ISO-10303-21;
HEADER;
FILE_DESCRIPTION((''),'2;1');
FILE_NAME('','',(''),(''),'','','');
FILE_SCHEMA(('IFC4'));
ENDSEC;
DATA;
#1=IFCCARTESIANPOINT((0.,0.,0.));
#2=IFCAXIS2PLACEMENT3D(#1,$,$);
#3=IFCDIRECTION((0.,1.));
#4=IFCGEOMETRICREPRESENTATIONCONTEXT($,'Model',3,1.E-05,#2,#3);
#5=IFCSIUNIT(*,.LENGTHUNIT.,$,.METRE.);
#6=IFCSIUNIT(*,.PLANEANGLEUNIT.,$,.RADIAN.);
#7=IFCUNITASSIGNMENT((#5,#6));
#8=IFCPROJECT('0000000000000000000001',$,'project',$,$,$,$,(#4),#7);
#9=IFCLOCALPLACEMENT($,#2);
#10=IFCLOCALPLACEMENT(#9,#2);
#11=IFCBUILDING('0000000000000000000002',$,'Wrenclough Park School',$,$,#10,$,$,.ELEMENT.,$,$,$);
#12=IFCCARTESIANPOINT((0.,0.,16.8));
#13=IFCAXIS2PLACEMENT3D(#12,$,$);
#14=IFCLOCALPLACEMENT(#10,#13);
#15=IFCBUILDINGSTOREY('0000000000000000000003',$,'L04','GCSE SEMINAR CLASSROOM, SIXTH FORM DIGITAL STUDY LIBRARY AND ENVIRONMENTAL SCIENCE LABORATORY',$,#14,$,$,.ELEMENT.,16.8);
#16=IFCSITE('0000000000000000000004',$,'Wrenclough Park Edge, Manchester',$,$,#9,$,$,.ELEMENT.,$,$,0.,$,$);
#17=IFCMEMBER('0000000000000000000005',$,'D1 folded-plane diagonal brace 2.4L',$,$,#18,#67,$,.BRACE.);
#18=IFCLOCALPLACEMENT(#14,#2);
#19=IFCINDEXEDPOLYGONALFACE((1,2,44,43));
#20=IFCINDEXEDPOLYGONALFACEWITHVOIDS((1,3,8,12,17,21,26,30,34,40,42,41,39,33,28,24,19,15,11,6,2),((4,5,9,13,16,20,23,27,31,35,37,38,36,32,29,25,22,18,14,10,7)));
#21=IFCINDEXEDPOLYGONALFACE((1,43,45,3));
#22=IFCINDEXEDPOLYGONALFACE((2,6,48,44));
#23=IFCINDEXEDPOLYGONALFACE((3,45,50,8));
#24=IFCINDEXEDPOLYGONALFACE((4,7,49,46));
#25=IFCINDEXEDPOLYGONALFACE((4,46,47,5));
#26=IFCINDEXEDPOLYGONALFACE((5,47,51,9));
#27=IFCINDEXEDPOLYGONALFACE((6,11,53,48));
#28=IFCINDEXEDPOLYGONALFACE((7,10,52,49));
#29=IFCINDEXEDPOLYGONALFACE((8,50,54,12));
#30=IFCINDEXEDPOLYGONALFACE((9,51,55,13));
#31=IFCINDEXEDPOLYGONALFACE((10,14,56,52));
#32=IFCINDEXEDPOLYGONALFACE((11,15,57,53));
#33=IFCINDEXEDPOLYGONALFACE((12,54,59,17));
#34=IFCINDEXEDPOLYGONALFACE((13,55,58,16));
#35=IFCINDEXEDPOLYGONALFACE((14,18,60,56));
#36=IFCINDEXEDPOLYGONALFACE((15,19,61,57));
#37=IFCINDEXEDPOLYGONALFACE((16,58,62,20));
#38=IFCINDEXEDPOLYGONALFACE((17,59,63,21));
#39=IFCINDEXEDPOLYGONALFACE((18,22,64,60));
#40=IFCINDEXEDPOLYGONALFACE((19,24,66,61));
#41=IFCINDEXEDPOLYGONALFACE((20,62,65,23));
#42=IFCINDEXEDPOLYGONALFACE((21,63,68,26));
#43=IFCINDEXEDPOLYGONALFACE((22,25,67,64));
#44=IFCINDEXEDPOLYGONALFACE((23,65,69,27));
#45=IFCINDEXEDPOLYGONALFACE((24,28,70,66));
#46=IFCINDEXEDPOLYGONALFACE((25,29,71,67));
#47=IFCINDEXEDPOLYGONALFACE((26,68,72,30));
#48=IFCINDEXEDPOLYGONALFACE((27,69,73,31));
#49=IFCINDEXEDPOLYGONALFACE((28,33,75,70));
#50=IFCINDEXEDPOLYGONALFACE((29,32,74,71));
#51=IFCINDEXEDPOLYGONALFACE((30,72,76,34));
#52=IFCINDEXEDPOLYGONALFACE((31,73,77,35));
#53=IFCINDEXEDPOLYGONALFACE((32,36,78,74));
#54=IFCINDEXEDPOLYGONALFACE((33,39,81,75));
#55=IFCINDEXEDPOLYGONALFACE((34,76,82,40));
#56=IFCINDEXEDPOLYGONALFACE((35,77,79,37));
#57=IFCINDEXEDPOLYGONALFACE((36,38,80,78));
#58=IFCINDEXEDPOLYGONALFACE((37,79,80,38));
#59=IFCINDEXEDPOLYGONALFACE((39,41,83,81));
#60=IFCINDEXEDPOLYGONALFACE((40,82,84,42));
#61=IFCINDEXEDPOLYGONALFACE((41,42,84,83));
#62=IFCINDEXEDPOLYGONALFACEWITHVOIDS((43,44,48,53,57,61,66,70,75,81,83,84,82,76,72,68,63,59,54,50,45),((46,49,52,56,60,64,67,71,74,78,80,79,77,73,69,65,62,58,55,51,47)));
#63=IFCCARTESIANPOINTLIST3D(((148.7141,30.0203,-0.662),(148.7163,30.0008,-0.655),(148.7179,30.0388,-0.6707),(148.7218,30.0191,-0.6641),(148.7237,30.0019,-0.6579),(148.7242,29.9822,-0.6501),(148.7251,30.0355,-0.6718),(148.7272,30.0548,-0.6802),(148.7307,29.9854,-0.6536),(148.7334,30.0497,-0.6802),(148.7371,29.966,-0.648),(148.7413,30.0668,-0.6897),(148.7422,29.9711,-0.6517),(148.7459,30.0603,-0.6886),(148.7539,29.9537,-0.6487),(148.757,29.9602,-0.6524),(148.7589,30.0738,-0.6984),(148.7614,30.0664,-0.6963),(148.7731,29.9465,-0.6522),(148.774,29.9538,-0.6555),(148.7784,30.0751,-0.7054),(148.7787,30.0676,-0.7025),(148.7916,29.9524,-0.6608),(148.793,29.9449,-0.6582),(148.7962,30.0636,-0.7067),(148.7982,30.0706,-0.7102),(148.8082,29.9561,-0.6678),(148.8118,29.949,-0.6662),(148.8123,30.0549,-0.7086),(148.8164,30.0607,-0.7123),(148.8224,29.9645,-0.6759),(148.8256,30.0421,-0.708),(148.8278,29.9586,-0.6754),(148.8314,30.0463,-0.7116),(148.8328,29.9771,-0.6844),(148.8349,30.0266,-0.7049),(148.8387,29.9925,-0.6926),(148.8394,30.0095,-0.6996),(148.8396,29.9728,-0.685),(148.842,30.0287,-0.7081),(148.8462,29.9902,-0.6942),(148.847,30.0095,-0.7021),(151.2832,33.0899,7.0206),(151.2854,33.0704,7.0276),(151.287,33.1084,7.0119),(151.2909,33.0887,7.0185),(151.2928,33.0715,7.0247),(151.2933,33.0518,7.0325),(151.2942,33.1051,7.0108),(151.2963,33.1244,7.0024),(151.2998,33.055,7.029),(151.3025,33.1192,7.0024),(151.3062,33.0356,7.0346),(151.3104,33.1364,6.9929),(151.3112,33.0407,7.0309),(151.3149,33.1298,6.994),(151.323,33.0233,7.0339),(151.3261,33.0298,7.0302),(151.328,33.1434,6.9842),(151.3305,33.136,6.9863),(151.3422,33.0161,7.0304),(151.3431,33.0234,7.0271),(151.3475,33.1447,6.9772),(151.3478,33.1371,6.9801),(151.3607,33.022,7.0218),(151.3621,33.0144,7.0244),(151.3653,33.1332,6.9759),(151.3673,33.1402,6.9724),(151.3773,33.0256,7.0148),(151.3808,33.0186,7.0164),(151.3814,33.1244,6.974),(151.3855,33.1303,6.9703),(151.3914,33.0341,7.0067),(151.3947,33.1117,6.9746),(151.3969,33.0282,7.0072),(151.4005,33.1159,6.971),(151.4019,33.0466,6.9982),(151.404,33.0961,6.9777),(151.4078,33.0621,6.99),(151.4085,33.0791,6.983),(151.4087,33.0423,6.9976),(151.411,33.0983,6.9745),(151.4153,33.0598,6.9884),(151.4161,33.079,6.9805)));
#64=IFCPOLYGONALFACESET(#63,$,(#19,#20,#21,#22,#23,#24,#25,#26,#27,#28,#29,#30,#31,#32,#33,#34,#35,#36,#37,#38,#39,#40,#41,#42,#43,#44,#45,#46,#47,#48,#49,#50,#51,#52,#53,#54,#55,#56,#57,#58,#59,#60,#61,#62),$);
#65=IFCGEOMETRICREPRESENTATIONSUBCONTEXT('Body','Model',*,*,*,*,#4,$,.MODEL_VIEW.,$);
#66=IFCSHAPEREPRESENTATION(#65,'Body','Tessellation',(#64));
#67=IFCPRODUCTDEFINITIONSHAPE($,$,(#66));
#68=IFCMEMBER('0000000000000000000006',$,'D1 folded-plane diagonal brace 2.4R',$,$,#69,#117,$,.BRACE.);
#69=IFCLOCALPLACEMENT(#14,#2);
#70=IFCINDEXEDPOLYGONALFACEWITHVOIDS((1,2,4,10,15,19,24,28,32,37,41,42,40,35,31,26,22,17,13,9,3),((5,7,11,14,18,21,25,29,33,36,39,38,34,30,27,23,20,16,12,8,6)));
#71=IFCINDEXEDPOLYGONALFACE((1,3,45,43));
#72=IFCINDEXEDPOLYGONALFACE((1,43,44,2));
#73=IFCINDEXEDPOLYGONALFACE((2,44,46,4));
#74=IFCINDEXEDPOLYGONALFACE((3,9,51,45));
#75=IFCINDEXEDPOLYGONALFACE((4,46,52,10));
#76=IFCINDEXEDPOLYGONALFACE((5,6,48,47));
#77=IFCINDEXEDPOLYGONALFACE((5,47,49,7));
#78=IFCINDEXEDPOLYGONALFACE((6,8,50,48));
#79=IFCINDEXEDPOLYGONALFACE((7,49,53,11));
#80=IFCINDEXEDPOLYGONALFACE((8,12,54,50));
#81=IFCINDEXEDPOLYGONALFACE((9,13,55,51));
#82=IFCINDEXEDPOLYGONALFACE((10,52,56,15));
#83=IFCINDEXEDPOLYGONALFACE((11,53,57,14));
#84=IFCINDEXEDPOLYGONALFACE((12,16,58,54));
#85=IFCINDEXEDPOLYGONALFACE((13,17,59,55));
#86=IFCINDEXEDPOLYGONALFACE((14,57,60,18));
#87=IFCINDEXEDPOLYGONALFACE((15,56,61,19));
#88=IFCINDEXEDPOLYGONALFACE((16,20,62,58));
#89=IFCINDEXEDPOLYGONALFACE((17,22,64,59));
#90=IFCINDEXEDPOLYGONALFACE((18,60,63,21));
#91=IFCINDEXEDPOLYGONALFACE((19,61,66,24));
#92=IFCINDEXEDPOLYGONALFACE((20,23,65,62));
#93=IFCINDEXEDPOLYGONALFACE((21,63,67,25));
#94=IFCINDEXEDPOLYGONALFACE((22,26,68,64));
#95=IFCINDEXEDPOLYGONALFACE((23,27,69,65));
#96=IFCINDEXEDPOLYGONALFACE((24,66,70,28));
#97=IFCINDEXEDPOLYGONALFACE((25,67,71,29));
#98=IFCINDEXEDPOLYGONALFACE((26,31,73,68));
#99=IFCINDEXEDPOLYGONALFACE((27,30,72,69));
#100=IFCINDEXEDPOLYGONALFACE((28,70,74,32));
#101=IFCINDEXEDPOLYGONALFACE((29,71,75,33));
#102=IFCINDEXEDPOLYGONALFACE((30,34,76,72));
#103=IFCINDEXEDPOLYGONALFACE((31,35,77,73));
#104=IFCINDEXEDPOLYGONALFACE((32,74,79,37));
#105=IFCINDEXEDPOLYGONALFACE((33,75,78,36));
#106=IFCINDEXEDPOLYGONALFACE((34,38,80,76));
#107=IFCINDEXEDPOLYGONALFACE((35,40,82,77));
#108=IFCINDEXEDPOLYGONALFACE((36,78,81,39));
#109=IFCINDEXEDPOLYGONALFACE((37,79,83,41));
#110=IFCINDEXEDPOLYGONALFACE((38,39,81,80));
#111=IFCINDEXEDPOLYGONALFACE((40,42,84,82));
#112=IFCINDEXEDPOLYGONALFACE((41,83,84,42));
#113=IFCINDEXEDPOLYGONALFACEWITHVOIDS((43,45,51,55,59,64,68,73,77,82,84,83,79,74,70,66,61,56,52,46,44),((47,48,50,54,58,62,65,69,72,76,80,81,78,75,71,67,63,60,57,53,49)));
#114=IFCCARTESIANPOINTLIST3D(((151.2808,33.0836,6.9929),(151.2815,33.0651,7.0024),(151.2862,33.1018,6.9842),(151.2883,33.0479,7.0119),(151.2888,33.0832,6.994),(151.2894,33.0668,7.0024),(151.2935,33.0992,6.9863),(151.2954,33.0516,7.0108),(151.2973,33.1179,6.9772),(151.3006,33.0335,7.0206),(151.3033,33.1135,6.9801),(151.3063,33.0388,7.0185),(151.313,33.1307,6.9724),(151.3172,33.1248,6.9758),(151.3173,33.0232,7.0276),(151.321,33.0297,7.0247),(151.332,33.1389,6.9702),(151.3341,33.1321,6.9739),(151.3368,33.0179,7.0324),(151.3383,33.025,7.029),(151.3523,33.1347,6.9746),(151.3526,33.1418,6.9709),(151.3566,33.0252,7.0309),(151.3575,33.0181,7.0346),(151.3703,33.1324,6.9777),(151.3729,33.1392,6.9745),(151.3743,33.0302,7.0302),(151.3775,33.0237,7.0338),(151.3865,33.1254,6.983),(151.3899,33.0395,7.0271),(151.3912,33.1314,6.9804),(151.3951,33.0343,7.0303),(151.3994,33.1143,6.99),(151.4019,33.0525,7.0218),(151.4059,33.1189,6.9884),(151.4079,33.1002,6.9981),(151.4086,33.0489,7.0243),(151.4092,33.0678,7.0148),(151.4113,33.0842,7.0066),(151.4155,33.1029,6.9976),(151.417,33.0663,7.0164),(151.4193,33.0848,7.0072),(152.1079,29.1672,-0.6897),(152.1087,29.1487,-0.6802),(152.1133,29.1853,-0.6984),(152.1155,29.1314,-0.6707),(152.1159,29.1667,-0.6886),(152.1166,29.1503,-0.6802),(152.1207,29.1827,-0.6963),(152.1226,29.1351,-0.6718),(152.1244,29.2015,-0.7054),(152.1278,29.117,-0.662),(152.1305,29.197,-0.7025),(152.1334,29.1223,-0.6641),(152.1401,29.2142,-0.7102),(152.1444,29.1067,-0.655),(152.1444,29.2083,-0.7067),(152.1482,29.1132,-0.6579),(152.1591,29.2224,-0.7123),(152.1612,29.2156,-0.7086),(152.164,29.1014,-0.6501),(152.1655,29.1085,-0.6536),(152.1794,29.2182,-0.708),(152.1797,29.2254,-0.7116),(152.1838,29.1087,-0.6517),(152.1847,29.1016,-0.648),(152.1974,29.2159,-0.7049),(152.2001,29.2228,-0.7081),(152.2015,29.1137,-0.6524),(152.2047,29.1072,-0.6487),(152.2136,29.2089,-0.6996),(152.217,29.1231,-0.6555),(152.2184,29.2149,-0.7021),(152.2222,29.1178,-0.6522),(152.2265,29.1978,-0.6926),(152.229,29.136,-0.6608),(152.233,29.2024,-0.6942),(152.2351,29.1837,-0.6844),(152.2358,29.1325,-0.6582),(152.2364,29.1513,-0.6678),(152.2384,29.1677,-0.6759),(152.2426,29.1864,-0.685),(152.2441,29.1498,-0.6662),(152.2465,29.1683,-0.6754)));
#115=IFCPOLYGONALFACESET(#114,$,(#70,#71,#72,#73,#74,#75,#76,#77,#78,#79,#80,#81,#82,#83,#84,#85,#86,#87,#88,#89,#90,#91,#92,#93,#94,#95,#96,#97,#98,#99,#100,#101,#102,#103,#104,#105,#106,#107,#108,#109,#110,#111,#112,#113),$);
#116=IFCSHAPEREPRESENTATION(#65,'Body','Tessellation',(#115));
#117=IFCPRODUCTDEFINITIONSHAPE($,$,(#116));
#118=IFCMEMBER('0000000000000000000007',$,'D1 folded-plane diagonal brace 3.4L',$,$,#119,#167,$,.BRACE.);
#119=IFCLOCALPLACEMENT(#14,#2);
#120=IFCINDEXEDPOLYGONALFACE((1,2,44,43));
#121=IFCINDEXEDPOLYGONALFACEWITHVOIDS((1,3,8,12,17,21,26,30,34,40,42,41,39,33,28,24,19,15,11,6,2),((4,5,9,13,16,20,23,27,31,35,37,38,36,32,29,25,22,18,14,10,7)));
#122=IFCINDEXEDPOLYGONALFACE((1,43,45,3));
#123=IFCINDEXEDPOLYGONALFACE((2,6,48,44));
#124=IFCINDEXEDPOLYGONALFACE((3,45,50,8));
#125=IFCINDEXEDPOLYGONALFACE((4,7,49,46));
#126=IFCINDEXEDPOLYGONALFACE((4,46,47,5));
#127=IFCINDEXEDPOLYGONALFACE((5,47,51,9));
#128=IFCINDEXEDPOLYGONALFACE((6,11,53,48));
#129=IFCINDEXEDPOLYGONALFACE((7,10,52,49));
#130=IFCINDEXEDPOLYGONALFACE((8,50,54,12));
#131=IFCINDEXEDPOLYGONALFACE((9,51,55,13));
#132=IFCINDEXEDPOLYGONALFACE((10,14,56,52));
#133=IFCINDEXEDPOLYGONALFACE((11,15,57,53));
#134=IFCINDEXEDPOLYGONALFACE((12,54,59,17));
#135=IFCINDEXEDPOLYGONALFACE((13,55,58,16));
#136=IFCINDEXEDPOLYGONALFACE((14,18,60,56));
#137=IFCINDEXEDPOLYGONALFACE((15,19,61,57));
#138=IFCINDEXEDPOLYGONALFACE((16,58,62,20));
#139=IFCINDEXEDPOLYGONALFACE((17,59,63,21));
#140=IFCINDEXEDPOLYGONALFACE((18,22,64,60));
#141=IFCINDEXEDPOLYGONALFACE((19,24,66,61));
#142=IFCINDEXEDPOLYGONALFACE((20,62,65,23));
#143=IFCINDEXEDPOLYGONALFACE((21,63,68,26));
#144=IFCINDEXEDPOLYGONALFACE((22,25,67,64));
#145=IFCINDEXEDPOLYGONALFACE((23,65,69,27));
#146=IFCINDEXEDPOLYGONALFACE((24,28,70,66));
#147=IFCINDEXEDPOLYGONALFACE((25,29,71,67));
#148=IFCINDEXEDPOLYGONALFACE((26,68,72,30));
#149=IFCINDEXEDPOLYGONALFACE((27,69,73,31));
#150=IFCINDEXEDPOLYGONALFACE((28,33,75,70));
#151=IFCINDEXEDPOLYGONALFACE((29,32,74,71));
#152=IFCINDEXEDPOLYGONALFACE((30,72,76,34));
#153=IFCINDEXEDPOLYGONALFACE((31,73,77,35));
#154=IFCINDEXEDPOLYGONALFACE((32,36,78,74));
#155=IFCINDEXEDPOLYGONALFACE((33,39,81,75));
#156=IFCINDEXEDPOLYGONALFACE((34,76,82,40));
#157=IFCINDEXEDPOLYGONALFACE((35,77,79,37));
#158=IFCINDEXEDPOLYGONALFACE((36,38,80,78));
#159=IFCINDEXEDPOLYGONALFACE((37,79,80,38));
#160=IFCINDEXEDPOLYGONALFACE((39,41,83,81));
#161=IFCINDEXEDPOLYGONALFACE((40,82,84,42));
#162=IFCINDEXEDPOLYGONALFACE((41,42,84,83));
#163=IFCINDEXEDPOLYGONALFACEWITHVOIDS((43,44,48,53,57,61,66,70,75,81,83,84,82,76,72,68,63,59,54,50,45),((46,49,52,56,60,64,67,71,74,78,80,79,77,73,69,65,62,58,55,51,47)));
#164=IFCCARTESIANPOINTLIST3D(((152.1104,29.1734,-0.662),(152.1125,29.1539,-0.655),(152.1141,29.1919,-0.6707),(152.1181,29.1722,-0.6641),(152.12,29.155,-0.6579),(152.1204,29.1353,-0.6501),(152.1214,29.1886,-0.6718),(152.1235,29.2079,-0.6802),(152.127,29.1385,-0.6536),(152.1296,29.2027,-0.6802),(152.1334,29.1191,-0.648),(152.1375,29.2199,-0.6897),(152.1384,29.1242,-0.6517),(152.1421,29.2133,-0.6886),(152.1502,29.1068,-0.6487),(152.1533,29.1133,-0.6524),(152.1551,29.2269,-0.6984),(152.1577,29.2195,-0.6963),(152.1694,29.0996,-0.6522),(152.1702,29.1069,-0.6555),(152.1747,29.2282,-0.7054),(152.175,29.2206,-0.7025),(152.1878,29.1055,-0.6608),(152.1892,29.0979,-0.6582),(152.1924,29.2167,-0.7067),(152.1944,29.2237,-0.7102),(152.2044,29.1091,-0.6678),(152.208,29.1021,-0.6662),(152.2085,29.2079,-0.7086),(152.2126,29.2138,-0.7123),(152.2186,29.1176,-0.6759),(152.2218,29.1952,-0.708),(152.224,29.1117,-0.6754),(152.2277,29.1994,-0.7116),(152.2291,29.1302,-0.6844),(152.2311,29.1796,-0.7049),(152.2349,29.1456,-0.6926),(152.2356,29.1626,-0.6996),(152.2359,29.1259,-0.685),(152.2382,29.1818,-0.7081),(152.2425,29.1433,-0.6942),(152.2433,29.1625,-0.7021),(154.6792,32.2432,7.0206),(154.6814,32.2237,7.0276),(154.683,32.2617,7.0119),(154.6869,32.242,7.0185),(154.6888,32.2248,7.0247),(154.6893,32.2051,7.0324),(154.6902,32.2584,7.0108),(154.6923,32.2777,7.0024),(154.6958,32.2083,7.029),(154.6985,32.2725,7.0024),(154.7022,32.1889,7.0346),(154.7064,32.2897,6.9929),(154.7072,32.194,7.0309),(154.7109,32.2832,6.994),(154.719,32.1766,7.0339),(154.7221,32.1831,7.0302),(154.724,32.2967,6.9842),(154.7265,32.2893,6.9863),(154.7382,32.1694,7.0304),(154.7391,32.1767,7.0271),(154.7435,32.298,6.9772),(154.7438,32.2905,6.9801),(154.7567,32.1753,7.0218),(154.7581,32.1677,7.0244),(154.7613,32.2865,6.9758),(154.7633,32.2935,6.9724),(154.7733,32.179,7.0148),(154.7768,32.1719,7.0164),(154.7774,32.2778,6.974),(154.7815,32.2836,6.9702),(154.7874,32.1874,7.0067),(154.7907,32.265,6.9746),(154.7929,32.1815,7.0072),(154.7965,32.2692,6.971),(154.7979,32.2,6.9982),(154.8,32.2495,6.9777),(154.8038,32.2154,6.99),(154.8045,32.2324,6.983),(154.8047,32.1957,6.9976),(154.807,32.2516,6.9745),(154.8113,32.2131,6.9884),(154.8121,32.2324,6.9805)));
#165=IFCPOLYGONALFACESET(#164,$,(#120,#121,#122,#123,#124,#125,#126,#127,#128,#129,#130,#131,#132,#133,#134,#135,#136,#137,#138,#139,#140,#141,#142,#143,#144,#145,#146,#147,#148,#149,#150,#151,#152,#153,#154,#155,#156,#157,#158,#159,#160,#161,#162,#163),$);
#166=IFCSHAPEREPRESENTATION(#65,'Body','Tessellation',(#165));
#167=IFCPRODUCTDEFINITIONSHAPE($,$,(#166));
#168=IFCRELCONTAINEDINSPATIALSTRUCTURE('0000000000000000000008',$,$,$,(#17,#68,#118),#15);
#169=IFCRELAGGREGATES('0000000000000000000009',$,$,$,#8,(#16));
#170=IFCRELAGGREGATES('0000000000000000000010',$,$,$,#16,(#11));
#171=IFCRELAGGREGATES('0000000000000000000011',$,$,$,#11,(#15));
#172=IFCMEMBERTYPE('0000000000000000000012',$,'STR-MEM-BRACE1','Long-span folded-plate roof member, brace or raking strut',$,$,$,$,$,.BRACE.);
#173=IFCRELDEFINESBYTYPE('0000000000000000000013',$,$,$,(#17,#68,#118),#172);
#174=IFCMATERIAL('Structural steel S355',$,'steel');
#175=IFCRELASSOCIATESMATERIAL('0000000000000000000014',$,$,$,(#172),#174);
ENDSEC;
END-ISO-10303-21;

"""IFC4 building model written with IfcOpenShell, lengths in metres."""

from ifc_helpers import new_model, si_unit, direction, frame, origin, origin_2d, place, context, subcontext, project, spatial, hollow_circle, extrude, material, material_profile, profile_set, type_object, element, save


model = new_model("IFC4")

# Units and contexts
model_context = context("Model", 3, precision=1e-05, world=origin(), true_north=direction((0.0, 1.0)))
body_context = subcontext(model_context, "Body", "Model", "MODEL_VIEW")
ifc_project = project(units=[si_unit("LENGTHUNIT", "METRE"), si_unit("PLANEANGLEUNIT", "RADIAN")], contexts=[model_context])

# Site, building, storey
site_placement = place(None, origin())
site = spatial("IfcSite", under=ifc_project, at=site_placement, Name="Wrenclough Park Edge, Manchester", CompositionType="ELEMENT", RefElevation=0.0)
building_placement = place(site_placement, origin())
building = spatial("IfcBuilding", under=site, at=building_placement, Name="Wrenclough Park School", CompositionType="ELEMENT")
storey_placement = place(building_placement, frame((0.0, 0.0, 16.8)))
storey = spatial("IfcBuildingStorey", under=building, at=storey_placement, Name="L04", Description="GCSE SEMINAR CLASSROOM, SIXTH FORM DIGITAL STUDY LIBRARY AND ENVIRONMENTAL SCIENCE LABORATORY", CompositionType="ELEMENT", Elevation=16.8)

# Members
ifc_material = material(Name="Structural steel S355", Category="steel")
ifc_material_profile_1 = material_profile(ifc_material, hollow_circle(Radius=0.0698, WallThickness=0.0081, at=origin_2d()), Name="CHS 139.7x8.0")
ifc_profile_set_1 = profile_set([ifc_material_profile_1], Name="Structural steel S355")
member_type_1 = type_object("IfcMemberType", Name="STR-MEM-BRACE1", Description="Long-span folded-plate roof member, brace or raking strut", PredefinedType="BRACE", material=ifc_profile_set_1)
for number, where, z_axis, x_axis, name in (
    (1, (148.7808, 30.01, -0.6802), (0.296564, 0.354338, 0.886845), (-0.766855, 0.641821, 0.0), "D1 folded-plane diagonal brace 2.4L"),
    (2, (152.177, 29.1631, -0.6802), (-0.095482, 0.452101, 0.886842), (-0.978418, -0.206637, 0.0), "D1 folded-plane diagonal brace 2.4R"),
    (3, (152.177, 29.1631, -0.6802), (0.296535, 0.354366, 0.886844), (-0.76691, 0.641755, 0.0), "D1 folded-plane diagonal brace 3.4L"),
):
    element("IfcMember", number, at=place(storey_placement, frame(where, z_axis=z_axis, x_axis=x_axis)), inside=storey, type_object=member_type_1, Name=name, PredefinedType="BRACE", context=body_context, shape_type="SweptSolid", body=[
        extrude(hollow_circle(Radius=0.0698, WallThickness=0.0081, at=origin_2d()), origin(), (0.0, 0.0, 1.0), 8.6628),
    ])

save(model, "model.ifc")
